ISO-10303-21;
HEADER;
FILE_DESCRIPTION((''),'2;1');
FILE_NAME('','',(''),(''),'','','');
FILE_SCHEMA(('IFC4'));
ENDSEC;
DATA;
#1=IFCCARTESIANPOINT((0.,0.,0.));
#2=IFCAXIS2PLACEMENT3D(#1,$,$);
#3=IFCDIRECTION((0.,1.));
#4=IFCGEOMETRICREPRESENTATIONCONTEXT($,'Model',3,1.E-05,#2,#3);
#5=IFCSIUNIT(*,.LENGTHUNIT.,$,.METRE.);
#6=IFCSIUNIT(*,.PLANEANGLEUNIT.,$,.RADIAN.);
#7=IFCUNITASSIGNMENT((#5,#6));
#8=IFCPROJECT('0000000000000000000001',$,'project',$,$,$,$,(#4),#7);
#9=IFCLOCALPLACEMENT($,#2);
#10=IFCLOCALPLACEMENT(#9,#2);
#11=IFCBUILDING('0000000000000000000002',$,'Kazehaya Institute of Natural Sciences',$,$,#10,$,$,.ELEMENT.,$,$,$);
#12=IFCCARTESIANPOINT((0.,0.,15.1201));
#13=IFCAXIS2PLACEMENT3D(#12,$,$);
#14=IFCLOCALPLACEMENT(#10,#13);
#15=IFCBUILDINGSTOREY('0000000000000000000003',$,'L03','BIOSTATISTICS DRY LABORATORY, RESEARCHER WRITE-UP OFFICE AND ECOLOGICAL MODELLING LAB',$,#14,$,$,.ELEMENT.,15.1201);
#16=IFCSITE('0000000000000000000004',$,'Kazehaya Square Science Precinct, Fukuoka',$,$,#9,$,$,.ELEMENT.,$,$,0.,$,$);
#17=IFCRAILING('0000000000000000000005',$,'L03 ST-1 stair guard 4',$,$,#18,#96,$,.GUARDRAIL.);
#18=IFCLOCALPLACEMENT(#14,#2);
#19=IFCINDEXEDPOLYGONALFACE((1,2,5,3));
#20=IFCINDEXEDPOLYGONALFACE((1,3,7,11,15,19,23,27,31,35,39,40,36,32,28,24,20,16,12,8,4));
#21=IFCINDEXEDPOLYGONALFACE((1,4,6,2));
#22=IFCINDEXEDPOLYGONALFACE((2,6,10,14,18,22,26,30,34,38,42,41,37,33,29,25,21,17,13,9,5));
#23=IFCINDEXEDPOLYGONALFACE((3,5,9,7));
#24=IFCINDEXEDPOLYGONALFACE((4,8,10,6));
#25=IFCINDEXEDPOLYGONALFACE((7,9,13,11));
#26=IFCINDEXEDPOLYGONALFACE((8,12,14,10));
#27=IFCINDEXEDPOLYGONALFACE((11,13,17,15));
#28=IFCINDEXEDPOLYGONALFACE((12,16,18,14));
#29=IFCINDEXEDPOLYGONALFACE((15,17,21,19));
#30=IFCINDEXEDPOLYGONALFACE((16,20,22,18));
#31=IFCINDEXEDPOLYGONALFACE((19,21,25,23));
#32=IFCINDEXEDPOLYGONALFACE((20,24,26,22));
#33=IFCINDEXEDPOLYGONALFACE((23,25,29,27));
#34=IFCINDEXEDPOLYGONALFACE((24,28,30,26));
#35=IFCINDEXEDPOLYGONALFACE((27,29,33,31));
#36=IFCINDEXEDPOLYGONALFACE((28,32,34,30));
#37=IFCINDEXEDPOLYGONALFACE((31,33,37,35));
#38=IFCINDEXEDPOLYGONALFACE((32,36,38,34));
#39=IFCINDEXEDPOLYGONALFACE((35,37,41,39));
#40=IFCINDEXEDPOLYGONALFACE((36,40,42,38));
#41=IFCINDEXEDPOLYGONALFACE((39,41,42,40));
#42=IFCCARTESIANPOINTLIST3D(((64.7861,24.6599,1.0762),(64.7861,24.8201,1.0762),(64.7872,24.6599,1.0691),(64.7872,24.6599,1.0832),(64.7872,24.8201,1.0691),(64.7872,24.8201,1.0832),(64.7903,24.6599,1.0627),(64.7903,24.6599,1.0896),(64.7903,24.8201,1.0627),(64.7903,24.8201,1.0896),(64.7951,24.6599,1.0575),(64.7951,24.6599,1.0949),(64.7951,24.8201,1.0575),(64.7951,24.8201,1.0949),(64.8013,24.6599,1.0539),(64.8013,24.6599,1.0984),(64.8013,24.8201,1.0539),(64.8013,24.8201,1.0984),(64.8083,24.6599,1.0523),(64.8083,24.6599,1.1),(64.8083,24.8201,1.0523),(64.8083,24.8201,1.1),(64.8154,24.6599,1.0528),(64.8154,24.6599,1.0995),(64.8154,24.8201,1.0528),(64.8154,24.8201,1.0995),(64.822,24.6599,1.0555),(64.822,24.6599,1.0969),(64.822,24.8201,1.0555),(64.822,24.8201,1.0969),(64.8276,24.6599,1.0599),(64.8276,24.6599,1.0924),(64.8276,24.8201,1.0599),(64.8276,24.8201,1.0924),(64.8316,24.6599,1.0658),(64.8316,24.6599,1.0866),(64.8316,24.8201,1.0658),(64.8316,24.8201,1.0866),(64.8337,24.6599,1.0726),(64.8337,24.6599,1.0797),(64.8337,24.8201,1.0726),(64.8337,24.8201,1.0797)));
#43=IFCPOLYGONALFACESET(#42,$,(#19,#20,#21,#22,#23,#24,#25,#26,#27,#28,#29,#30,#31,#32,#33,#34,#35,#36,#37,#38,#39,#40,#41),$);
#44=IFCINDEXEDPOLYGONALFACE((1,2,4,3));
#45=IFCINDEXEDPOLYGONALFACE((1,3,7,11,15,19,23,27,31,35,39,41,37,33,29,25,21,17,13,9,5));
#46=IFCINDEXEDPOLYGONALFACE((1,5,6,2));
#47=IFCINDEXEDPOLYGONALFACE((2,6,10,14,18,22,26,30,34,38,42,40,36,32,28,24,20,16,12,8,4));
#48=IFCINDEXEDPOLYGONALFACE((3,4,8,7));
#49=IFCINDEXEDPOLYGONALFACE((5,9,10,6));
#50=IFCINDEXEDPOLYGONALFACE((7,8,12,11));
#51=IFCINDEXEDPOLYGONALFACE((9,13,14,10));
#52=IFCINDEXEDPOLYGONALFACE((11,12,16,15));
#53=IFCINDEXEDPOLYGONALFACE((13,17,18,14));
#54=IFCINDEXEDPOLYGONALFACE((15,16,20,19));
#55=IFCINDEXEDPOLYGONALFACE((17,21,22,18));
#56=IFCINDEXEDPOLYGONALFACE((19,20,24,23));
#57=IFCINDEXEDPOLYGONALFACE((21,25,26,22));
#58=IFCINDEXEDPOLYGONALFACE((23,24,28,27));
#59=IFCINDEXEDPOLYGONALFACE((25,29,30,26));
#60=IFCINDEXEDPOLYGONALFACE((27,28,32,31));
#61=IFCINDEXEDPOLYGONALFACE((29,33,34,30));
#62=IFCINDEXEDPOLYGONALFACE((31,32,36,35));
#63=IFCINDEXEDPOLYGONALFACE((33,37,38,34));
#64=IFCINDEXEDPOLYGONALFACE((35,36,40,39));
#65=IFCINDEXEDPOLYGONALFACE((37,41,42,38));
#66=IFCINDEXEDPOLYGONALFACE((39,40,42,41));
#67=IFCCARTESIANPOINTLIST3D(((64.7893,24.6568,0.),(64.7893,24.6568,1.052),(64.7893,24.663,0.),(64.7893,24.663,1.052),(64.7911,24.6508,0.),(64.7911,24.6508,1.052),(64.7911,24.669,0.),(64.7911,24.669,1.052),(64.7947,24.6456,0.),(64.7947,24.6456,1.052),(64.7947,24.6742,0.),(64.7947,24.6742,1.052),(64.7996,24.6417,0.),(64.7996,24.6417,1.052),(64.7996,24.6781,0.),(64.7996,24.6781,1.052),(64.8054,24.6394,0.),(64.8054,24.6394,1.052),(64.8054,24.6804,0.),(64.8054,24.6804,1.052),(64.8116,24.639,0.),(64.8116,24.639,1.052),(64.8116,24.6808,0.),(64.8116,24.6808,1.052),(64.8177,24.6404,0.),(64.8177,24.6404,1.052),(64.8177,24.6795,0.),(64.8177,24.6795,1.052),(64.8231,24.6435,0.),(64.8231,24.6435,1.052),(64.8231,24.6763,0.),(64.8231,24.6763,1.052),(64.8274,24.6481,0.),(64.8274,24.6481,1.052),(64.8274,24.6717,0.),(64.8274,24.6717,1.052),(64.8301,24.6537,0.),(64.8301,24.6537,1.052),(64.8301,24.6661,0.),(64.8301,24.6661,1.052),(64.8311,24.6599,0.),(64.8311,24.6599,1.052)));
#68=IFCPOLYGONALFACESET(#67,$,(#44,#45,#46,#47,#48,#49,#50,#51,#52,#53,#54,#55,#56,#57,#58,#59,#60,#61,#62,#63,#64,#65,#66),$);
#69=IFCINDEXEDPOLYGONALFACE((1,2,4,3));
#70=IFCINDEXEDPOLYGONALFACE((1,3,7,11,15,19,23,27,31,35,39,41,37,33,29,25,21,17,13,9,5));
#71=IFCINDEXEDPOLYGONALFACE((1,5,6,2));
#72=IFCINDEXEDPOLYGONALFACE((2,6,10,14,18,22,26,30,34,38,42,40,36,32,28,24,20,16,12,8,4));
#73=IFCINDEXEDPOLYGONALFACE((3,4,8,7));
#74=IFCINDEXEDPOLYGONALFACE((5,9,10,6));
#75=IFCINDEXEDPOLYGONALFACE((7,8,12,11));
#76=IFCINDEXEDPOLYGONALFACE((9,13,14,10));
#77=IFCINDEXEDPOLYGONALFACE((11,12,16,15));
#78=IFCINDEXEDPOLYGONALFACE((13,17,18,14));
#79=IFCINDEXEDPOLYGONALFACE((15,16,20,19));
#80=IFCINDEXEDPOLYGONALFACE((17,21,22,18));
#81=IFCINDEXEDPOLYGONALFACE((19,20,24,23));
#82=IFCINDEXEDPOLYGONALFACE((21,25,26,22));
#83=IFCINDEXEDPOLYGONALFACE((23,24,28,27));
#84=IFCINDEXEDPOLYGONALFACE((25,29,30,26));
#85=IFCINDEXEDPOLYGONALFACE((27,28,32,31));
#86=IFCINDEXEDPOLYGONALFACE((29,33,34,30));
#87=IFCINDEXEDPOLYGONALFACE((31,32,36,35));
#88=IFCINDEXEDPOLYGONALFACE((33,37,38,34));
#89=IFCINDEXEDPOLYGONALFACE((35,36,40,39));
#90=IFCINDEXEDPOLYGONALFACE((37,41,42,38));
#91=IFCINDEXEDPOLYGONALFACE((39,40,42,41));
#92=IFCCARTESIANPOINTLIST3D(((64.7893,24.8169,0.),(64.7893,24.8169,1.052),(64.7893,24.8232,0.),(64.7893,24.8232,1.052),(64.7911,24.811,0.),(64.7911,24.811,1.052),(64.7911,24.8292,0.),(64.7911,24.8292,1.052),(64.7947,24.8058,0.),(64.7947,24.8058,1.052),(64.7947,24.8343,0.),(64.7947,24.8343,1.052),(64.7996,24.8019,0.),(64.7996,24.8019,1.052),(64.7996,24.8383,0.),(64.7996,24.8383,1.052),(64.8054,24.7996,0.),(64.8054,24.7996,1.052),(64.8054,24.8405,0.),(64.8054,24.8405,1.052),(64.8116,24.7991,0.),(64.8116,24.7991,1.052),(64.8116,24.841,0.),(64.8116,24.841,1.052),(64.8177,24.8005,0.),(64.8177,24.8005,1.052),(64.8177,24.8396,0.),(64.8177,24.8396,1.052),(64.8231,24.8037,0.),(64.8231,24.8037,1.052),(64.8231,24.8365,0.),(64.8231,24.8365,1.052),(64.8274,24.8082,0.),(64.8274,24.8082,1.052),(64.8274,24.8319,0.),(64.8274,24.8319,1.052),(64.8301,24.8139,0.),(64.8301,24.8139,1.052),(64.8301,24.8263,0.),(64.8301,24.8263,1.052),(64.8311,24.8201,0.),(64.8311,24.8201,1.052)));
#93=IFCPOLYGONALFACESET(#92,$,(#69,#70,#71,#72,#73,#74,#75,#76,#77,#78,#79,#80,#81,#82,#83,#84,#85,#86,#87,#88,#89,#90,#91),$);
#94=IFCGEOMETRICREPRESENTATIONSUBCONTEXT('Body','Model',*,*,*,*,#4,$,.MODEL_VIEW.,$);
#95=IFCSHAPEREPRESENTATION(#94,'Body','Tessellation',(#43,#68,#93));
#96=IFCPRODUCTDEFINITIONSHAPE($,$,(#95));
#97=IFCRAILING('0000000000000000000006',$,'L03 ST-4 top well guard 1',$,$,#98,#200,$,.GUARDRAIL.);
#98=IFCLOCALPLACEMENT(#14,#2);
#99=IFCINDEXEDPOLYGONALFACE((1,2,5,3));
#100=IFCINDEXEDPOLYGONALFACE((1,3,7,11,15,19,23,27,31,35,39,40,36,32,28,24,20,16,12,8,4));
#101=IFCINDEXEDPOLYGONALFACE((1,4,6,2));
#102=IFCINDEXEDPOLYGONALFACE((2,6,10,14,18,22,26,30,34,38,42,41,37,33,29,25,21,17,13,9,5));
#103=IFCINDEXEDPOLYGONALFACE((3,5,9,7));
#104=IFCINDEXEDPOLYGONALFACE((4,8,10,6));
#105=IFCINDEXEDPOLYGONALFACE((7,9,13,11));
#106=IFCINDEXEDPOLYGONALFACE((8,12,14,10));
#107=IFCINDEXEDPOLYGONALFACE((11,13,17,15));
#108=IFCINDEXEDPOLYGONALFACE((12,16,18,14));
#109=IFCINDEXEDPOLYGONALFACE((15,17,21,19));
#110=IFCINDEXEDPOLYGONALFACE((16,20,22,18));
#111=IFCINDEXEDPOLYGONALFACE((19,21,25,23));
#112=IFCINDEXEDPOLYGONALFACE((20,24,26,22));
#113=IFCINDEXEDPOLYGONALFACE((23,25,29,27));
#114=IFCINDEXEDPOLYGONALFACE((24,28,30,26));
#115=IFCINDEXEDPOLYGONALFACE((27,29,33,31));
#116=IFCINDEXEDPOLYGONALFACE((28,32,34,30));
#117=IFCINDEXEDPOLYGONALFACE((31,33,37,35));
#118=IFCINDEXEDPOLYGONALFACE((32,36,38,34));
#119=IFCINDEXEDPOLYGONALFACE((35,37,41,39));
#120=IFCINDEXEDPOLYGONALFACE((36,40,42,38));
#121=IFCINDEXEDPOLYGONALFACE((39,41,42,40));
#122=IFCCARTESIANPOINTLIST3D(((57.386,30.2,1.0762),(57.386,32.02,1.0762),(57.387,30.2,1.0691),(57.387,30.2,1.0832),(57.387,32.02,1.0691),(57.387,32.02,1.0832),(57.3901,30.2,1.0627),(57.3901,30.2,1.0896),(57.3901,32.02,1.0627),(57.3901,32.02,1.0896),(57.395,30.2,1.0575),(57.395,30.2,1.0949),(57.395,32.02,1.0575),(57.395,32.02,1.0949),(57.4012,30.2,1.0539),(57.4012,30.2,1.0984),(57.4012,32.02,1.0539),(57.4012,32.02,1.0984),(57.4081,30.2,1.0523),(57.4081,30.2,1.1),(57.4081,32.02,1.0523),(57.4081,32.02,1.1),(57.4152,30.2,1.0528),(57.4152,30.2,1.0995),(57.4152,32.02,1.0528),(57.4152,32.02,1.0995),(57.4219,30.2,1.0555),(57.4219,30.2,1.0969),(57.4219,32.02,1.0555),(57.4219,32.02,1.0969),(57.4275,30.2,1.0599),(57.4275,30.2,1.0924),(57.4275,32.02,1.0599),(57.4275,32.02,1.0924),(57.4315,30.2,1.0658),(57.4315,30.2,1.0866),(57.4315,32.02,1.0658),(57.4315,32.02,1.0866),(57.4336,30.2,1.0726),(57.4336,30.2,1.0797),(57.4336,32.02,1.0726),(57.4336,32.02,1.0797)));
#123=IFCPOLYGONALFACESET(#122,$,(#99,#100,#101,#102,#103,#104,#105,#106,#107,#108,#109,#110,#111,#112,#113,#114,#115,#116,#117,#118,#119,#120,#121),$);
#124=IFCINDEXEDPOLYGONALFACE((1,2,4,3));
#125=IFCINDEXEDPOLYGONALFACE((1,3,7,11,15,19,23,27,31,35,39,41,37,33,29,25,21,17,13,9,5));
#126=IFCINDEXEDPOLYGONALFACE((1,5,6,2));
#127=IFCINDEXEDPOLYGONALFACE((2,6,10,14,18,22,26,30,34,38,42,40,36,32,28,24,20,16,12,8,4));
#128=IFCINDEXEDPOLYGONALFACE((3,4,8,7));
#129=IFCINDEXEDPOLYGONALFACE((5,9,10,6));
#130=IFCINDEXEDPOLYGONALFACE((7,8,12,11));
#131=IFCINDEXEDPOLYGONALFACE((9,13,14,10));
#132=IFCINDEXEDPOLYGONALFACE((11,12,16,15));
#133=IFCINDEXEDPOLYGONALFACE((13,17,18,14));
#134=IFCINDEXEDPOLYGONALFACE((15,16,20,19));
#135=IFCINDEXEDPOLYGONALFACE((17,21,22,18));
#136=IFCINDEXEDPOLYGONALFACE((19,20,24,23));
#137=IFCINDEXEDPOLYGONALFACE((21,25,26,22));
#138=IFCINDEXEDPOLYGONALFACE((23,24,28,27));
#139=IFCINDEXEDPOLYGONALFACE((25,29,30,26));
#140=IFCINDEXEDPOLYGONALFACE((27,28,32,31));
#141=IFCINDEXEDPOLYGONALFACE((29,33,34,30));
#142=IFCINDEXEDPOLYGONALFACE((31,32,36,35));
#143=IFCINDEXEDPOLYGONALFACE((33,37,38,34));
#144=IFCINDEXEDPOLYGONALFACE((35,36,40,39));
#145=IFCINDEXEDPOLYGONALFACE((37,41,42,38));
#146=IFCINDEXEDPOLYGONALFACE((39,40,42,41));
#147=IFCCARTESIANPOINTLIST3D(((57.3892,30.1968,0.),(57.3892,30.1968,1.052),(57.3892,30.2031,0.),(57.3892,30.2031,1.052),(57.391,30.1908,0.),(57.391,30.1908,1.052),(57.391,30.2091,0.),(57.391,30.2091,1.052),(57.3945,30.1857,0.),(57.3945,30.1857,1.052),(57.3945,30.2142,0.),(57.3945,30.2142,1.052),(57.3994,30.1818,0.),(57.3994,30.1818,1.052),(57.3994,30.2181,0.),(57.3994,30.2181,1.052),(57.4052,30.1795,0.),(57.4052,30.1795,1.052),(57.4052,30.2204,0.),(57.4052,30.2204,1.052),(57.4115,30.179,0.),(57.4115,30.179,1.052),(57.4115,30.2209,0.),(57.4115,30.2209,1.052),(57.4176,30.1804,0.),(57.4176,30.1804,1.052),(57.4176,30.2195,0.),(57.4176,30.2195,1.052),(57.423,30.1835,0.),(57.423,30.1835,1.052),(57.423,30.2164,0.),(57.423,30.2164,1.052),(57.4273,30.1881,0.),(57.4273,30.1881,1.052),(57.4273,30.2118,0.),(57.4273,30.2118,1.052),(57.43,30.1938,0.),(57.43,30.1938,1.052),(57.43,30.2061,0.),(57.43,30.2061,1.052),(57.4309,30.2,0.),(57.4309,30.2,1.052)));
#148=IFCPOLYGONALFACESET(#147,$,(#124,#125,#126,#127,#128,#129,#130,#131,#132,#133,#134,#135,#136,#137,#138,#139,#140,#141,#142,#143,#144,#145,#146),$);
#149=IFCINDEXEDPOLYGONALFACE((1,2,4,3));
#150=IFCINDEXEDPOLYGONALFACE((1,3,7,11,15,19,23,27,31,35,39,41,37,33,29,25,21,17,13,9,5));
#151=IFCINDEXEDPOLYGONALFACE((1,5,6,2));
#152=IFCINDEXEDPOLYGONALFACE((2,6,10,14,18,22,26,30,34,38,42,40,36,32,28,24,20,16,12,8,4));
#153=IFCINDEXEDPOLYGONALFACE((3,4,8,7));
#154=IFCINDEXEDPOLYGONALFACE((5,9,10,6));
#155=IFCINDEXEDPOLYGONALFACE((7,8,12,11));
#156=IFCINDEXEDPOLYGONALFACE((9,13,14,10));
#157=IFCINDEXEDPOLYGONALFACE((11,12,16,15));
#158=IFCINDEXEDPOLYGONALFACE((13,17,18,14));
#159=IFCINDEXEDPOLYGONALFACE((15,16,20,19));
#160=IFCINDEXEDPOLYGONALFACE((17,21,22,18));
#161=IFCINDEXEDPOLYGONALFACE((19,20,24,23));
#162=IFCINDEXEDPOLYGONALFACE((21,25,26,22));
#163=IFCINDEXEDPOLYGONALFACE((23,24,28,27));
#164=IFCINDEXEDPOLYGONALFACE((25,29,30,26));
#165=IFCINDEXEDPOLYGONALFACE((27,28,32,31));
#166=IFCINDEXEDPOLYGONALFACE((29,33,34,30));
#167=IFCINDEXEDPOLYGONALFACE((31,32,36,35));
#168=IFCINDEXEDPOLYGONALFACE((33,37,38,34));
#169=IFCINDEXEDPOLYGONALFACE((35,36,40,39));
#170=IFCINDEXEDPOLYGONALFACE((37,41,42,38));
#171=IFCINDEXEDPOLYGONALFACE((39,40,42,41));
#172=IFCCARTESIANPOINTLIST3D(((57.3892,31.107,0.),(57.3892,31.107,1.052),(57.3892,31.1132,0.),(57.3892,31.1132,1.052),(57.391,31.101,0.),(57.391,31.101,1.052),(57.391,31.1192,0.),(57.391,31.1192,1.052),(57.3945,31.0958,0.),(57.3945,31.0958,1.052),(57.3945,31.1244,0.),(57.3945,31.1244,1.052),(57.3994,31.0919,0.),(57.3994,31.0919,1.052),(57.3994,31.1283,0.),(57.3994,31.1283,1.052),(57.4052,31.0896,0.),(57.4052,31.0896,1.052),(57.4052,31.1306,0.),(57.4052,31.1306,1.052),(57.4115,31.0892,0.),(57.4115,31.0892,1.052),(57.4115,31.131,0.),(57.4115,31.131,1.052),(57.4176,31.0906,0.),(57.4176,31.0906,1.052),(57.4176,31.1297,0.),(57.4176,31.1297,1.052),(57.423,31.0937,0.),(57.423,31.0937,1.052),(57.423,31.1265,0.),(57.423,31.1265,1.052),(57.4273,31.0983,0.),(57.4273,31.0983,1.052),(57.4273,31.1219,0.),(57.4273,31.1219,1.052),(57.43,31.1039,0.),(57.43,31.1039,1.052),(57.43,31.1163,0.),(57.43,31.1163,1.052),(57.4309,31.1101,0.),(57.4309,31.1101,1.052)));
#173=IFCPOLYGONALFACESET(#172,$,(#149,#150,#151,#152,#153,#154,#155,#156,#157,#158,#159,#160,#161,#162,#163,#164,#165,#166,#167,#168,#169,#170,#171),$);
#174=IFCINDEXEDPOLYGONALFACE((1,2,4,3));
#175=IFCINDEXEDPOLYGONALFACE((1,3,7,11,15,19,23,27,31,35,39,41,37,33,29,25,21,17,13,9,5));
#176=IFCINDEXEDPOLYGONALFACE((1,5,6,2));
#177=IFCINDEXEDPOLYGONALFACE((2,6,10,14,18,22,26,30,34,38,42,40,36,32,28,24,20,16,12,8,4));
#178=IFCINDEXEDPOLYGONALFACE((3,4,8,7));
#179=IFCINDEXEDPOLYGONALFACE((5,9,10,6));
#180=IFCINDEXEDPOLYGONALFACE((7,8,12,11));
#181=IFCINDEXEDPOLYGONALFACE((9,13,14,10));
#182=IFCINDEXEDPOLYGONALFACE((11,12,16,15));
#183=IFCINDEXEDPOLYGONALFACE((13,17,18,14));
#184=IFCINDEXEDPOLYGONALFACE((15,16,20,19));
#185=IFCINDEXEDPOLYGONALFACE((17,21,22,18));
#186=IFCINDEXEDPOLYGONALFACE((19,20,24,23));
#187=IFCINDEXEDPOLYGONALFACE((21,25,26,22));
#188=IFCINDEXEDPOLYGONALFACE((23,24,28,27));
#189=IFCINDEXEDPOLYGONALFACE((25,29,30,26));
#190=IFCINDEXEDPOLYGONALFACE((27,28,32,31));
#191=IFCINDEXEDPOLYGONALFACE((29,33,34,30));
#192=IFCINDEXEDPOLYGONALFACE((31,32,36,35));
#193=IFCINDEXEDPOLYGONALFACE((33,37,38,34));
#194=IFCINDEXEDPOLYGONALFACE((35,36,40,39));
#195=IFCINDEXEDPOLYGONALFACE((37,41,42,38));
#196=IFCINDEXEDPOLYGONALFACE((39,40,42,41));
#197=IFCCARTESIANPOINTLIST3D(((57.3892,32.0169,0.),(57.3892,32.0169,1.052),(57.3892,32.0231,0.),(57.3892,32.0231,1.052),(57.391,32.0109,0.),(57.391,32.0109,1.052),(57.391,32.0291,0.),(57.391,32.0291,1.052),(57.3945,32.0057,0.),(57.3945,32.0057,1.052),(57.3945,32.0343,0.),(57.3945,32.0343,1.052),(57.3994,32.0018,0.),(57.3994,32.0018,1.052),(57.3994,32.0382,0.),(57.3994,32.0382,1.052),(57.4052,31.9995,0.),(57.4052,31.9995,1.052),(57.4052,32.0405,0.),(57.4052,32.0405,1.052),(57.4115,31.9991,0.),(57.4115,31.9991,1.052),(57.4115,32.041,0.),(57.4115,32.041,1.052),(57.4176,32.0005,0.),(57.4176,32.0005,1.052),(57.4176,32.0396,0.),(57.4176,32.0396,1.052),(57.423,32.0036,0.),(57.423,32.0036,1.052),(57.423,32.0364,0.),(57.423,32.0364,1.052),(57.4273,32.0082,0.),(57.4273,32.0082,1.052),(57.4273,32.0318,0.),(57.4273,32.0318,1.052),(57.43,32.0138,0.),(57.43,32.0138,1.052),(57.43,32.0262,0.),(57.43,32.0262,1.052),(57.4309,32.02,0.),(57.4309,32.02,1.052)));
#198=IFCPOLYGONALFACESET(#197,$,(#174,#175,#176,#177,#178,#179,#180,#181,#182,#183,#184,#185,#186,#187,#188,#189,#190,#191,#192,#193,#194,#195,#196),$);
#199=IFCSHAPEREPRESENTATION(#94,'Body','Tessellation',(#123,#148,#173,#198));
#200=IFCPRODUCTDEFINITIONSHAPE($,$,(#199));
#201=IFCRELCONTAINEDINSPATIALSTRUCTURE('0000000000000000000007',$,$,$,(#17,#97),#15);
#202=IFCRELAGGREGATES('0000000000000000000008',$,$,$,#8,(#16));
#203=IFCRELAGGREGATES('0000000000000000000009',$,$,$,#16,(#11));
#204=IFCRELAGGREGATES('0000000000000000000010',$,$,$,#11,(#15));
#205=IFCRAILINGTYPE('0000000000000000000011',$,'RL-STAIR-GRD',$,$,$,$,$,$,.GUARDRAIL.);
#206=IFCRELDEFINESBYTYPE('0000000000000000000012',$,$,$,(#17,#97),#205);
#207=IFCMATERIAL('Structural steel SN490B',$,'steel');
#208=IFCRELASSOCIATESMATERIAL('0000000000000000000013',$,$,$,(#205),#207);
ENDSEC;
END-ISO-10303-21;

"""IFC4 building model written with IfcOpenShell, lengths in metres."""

from ifc_helpers import new_model, si_unit, direction, frame, origin, origin_2d, place, context, subcontext, project, spatial, circle, extrude, material, type_object, element, save


model = new_model("IFC4")

# Units and contexts
model_context = context("Model", 3, precision=1e-05, world=origin(), true_north=direction((0.0, 1.0)))
body_context = subcontext(model_context, "Body", "Model", "MODEL_VIEW")
ifc_project = project(units=[si_unit("LENGTHUNIT", "METRE"), si_unit("PLANEANGLEUNIT", "RADIAN")], contexts=[model_context])

# Site, building, storey
site_placement = place(None, origin())
site = spatial("IfcSite", under=ifc_project, at=site_placement, Name="Kazehaya Square Science Precinct, Fukuoka", CompositionType="ELEMENT", RefElevation=0.0)
building_placement = place(site_placement, origin())
building = spatial("IfcBuilding", under=site, at=building_placement, Name="Kazehaya Institute of Natural Sciences", CompositionType="ELEMENT")
storey_placement = place(building_placement, frame((0.0, 0.0, 15.1201)))
storey = spatial("IfcBuildingStorey", under=building, at=storey_placement, Name="L03", Description="BIOSTATISTICS DRY LABORATORY, RESEARCHER WRITE-UP OFFICE AND ECOLOGICAL MODELLING LAB", CompositionType="ELEMENT", Elevation=15.1201)

# Railings
ifc_material_1 = material(Name="Structural steel SN490B", Category="steel")
railing_type_1 = type_object("IfcRailingType", Name="RL-STAIR-GRD", PredefinedType="GUARDRAIL", material=ifc_material_1)
railing_1_placement = place(storey_placement, frame((64.8101, 24.6599, 0.0)))
element("IfcRailing", 1, at=railing_1_placement, inside=storey, type_object=railing_type_1, Name="L03 ST-1 stair guard 4", PredefinedType="GUARDRAIL", context=body_context, shape_type="SweptSolid", body=[
    extrude(circle(Radius=0.0239, at=origin_2d()), frame((0.0, 0.0, 1.0762), z_axis=(0.0, 1.0, 0.0), x_axis=(-1.0, 0.0, 0.0)), (0.0, 0.0, 1.0), 0.1602),
    extrude(circle(Radius=0.021, at=origin_2d()), origin(), (0.0, 0.0, 1.0), 1.052),
    extrude(circle(Radius=0.021, at=origin_2d()), frame((0.0, 0.1602, 0.0)), (0.0, 0.0, 1.0), 1.052),
])
railing_2_placement = place(storey_placement, frame((57.4099, 30.2, 0.0)))
element("IfcRailing", 2, at=railing_2_placement, inside=storey, type_object=railing_type_1, Name="L03 ST-4 top well guard 1", PredefinedType="GUARDRAIL", context=body_context, shape_type="SweptSolid", body=[
    extrude(circle(Radius=0.0239, at=origin_2d()), frame((0.0, 0.0, 1.0762), z_axis=(0.0, 1.0, 0.0), x_axis=(-1.0, 0.0, 0.0)), (0.0, 0.0, 1.0), 1.8201),
    extrude(circle(Radius=0.021, at=origin_2d()), origin(), (0.0, 0.0, 1.0), 1.052),
    extrude(circle(Radius=0.021, at=origin_2d()), frame((0.0, 0.9102, 0.0)), (0.0, 0.0, 1.0), 1.052),
    extrude(circle(Radius=0.021, at=origin_2d()), frame((0.0, 1.8201, 0.0)), (0.0, 0.0, 1.0), 1.052),
])

save(model, "model.ifc")
